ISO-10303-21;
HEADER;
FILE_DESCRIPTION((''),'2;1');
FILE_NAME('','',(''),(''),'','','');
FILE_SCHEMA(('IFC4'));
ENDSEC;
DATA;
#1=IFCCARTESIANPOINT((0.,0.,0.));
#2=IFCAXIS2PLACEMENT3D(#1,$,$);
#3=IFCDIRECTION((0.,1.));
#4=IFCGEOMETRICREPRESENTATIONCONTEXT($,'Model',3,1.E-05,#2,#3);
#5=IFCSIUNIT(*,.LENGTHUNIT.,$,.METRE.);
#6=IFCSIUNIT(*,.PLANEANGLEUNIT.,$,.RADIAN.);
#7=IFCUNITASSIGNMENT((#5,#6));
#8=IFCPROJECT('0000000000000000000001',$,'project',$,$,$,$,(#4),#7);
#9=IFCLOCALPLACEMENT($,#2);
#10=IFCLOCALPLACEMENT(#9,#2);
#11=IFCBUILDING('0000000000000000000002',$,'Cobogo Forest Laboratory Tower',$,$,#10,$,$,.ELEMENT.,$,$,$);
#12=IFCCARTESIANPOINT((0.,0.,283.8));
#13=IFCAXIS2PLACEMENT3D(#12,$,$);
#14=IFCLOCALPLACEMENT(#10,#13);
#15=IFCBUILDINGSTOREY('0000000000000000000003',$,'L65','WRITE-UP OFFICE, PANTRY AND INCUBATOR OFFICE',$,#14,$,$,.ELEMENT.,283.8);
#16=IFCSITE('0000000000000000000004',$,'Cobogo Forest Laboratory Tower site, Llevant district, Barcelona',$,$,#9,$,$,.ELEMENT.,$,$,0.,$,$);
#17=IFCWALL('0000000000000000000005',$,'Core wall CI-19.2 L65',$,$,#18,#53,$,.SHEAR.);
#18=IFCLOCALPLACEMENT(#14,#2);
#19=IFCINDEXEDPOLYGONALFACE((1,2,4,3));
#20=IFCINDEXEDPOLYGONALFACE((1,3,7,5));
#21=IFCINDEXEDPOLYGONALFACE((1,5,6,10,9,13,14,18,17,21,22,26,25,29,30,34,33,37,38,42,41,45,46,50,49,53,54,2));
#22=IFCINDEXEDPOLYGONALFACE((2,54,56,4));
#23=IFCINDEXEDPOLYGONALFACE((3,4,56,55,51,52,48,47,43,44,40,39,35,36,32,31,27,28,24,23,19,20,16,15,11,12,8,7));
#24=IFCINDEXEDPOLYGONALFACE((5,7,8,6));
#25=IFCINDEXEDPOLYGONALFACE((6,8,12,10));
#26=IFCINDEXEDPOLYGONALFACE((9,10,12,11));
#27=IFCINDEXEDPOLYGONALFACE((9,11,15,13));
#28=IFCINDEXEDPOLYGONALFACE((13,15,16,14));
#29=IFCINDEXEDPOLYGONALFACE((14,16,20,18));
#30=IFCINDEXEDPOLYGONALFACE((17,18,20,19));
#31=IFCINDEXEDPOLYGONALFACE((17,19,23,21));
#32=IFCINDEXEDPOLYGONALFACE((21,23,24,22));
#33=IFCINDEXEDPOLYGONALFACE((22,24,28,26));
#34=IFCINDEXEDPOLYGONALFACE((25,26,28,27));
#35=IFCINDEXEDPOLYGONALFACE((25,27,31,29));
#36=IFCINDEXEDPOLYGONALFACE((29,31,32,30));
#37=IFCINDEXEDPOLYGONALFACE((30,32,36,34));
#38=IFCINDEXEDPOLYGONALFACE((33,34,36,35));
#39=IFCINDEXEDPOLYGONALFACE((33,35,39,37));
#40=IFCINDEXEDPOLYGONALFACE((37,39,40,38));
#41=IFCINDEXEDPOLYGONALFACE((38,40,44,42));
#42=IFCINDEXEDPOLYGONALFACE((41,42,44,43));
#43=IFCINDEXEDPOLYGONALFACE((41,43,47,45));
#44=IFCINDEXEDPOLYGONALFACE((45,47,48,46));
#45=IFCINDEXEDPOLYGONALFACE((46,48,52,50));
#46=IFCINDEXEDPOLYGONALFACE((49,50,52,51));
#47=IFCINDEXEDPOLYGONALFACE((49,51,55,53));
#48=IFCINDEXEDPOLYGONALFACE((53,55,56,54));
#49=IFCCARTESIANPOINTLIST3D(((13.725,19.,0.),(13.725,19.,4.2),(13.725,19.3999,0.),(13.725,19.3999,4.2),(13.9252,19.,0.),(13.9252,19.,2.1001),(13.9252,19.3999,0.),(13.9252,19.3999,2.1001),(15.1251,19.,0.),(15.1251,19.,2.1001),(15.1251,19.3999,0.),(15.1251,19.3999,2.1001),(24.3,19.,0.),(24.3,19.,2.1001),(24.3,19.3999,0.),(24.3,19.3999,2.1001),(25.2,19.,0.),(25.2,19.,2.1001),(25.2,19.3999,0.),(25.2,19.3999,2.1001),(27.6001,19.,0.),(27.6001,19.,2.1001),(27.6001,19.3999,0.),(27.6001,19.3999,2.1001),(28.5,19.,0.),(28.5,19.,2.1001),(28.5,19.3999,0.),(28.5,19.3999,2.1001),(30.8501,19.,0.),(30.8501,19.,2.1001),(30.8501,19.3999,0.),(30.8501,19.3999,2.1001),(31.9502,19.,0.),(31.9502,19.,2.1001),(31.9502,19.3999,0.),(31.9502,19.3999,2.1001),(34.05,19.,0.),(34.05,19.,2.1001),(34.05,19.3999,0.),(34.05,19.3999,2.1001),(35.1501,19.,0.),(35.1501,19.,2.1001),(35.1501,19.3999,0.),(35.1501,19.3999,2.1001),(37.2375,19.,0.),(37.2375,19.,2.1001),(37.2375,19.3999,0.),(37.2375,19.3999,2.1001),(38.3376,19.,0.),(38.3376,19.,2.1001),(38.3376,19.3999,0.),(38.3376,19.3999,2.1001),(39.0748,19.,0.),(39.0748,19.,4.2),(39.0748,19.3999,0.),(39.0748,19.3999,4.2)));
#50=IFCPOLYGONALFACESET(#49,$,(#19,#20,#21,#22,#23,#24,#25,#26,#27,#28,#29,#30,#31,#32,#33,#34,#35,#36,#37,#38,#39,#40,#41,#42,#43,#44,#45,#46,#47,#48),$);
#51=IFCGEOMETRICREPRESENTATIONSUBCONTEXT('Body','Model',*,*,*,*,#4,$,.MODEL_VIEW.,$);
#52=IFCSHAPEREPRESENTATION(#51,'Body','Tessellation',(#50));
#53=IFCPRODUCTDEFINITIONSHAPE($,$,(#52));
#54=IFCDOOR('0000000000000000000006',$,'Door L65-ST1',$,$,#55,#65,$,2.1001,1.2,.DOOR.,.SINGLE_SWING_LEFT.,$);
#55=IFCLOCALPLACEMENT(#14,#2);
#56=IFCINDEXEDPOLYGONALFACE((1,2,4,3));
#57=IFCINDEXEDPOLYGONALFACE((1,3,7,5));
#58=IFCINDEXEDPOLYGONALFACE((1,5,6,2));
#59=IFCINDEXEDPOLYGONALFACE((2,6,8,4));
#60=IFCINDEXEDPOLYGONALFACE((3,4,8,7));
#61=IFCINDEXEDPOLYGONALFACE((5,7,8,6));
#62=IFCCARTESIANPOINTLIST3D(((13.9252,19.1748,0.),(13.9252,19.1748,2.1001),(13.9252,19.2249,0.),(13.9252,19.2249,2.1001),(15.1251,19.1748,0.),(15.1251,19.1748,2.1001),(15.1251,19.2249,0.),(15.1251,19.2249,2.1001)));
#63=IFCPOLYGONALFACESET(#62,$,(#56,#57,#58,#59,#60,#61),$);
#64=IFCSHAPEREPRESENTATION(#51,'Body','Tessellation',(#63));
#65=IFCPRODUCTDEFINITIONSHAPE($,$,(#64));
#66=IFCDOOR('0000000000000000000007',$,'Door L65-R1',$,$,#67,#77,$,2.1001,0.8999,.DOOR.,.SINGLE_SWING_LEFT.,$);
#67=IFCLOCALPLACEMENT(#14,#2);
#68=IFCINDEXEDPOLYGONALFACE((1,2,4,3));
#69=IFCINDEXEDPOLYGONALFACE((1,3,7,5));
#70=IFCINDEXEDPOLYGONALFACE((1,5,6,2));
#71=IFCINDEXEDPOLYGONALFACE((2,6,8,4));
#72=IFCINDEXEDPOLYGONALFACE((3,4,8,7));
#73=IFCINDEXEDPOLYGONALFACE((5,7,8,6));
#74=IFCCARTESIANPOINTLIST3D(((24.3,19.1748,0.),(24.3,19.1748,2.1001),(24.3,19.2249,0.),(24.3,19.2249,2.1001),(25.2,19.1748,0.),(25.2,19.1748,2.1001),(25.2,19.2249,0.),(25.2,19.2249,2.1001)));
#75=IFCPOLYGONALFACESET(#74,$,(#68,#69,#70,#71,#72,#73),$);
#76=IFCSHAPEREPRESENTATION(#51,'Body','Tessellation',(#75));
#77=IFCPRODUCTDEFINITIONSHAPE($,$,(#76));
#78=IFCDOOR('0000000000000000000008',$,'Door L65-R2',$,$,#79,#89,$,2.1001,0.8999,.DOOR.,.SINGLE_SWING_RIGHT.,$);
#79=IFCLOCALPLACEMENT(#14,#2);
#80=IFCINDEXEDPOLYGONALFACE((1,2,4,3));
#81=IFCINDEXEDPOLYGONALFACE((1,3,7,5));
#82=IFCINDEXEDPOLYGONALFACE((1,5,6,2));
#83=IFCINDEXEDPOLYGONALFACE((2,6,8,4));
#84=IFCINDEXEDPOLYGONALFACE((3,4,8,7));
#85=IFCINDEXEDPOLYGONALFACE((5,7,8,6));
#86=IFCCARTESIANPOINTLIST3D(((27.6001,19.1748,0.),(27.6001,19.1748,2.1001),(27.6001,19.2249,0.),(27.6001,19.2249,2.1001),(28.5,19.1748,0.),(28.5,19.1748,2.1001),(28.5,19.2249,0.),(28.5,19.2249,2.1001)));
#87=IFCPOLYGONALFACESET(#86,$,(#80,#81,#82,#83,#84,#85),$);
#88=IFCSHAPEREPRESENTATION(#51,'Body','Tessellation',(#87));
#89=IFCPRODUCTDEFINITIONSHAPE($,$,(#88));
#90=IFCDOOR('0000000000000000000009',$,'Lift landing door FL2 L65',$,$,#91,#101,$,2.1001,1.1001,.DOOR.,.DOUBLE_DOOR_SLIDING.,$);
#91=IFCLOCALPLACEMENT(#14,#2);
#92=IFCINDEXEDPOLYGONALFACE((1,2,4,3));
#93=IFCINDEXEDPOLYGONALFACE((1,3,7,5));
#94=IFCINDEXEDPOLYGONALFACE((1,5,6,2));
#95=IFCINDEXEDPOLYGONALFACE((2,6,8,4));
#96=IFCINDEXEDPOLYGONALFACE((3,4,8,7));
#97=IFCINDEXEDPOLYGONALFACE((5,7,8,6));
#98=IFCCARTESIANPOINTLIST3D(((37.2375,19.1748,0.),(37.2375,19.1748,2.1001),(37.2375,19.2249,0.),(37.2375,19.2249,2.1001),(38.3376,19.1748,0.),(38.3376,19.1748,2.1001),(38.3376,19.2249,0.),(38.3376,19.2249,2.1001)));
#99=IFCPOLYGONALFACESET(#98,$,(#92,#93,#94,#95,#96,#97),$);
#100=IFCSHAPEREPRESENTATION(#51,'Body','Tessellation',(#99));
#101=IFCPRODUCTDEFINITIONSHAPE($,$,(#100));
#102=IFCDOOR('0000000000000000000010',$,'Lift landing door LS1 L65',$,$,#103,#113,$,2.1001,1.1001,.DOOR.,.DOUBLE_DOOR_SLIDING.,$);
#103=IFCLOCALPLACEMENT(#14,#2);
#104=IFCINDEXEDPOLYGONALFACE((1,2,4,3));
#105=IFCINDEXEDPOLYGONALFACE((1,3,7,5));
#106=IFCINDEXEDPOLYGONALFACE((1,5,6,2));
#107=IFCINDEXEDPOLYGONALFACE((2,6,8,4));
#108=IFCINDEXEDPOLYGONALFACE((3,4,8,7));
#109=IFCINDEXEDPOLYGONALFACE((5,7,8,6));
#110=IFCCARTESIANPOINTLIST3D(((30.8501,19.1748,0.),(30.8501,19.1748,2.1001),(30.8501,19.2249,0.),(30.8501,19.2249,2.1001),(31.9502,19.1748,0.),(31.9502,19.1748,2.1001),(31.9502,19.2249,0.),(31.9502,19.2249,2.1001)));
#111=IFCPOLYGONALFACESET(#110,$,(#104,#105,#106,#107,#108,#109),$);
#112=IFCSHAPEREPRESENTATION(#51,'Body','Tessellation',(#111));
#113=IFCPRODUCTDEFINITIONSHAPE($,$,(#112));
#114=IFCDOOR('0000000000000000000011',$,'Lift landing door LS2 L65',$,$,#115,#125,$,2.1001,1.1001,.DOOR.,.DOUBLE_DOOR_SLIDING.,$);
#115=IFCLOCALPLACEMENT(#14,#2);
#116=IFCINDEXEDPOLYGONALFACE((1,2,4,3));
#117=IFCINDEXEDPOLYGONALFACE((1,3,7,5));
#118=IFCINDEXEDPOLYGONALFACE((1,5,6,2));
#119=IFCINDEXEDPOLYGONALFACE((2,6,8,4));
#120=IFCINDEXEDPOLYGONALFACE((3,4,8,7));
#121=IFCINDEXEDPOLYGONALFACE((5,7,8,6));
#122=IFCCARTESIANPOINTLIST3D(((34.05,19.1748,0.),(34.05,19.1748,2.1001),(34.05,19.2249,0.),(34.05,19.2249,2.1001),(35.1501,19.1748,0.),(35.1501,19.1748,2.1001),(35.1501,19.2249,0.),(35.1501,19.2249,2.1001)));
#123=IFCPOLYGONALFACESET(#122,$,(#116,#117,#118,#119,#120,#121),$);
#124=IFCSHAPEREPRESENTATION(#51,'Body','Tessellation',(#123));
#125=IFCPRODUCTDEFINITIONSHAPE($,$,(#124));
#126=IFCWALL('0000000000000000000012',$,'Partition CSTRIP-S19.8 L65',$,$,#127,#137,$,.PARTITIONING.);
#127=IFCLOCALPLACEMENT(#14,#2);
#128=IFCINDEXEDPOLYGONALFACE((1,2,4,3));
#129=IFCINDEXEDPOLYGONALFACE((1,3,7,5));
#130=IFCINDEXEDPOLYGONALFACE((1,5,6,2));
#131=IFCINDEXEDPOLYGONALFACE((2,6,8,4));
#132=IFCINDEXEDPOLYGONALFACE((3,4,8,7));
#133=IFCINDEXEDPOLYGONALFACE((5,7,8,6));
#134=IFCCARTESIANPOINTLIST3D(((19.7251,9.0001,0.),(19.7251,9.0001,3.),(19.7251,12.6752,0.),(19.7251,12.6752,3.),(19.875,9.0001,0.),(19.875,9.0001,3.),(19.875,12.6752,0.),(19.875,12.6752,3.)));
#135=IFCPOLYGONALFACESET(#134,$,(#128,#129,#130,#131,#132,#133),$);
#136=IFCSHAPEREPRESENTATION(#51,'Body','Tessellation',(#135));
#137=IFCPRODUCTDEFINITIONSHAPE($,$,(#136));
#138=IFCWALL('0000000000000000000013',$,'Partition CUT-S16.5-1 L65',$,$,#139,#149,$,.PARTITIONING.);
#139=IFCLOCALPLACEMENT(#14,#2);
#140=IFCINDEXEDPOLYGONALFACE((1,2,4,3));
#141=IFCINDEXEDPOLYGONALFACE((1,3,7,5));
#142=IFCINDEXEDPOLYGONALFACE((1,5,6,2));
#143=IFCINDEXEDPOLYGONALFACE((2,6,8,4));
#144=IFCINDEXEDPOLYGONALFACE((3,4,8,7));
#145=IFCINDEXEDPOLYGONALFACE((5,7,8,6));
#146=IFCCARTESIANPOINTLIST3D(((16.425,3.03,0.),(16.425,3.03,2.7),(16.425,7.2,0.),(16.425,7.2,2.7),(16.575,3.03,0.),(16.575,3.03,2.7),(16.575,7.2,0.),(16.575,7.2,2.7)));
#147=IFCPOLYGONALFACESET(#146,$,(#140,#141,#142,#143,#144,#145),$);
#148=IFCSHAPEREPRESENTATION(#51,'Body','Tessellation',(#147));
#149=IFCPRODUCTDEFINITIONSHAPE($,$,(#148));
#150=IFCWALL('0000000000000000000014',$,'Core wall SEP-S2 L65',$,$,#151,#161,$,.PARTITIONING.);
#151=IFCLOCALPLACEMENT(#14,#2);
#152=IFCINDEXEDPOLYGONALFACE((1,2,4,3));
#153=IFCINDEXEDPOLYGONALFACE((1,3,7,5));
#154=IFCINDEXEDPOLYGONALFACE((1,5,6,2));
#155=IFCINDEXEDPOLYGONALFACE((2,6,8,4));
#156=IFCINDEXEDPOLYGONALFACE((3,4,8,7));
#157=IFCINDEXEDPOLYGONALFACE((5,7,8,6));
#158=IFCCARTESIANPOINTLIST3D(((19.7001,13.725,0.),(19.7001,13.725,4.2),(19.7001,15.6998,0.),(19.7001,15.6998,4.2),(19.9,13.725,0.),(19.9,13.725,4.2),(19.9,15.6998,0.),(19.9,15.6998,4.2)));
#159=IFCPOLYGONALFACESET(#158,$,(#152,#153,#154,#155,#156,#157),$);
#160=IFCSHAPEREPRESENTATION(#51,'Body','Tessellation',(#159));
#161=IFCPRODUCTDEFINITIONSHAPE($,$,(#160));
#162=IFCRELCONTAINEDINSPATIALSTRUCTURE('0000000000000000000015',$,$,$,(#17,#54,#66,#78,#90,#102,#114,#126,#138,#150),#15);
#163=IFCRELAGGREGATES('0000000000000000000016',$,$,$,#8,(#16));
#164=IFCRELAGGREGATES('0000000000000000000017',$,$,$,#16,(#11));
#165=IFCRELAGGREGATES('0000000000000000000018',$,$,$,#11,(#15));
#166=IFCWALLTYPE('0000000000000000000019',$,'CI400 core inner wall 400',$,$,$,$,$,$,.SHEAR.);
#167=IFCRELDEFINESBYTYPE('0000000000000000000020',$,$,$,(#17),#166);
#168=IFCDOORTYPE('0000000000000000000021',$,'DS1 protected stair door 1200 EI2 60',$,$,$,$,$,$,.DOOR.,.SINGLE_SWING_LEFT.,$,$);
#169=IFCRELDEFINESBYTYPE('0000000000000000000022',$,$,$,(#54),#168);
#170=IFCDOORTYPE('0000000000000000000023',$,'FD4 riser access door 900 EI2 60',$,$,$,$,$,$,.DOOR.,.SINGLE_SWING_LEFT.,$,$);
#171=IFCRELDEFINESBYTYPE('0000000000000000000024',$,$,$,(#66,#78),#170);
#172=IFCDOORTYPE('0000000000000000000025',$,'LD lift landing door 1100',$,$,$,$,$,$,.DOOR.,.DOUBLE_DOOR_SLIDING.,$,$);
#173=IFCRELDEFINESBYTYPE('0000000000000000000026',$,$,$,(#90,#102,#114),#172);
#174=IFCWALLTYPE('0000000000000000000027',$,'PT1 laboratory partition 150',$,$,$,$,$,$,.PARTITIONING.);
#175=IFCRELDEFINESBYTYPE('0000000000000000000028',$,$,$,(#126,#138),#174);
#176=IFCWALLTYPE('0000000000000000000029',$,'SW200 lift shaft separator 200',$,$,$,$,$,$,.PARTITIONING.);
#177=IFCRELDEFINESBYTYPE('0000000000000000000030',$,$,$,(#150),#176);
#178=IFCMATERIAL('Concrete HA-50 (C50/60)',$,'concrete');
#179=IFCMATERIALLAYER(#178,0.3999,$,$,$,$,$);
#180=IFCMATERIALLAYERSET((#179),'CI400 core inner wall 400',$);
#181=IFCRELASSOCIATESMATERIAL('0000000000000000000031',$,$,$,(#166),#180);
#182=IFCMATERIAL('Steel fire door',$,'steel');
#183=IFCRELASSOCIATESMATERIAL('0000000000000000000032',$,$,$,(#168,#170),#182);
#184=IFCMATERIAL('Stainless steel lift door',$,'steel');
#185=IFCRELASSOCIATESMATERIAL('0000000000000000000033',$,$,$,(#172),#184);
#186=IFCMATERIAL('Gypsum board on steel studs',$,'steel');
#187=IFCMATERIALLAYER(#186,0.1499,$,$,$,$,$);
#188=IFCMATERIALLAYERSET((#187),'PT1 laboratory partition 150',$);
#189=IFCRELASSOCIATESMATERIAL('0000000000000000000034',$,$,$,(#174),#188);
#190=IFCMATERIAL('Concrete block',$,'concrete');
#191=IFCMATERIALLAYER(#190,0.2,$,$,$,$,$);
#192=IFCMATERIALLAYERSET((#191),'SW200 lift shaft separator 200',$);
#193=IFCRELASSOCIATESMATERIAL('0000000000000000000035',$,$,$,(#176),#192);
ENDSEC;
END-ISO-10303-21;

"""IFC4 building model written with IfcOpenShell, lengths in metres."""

from ifc_helpers import new_model, si_unit, direction, frame, frame_2d, origin, place, context, subcontext, project, spatial, rectangle, extrude, material, layer, layer_set, type_object, element, fill, save


model = new_model("IFC4")

# Units and contexts
model_context = context("Model", 3, precision=1e-05, world=origin(), true_north=direction((0.0, 1.0)))
body_context = subcontext(model_context, "Body", "Model", "MODEL_VIEW")
ifc_project = project(units=[si_unit("LENGTHUNIT", "METRE"), si_unit("PLANEANGLEUNIT", "RADIAN")], contexts=[model_context])

# Site, building, storey
site_placement = place(None, origin())
site = spatial("IfcSite", under=ifc_project, at=site_placement, Name="Cobogo Forest Laboratory Tower site, Llevant district, Barcelona", CompositionType="ELEMENT", RefElevation=0.0)
building_placement = place(site_placement, origin())
building = spatial("IfcBuilding", under=site, at=building_placement, Name="Cobogo Forest Laboratory Tower", CompositionType="ELEMENT")
storey_placement = place(building_placement, frame((0.0, 0.0, 283.8)))
storey = spatial("IfcBuildingStorey", under=building, at=storey_placement, Name="L65", Description="WRITE-UP OFFICE, PANTRY AND INCUBATOR OFFICE", CompositionType="ELEMENT", Elevation=283.8)

# Shared definitions
ifc_material_1 = material(Name="Concrete HA-50 (C50/60)", Category="concrete")

# Wall, openings, doors
ifc_layer_1 = layer(ifc_material_1, 0.3999)
ifc_layer_set_1 = layer_set([ifc_layer_1], Name="CI400 core inner wall 400")
wall_type_1 = type_object("IfcWallType", Name="CI400 core inner wall 400", PredefinedType="SHEAR", material=ifc_layer_set_1)
ifc_material_2 = material(Name="Steel fire door", Category="steel")
wall_1_placement = place(storey_placement, frame((13.7251, 19.2, 0.0), z_axis=(0.0, 0.0, 1.0), x_axis=(1.0, 0.0, 0.0)))
wall_1 = element("IfcWall", 1, at=wall_1_placement, inside=storey, type_object=wall_type_1, Name="Core wall CI-19.2 L65", PredefinedType="SHEAR", context=body_context, shape_type="SweptSolid", body=[
    extrude(rectangle(XDim=25.3499, YDim=0.3999, at=frame_2d((12.6748, 0.0))), origin(), (0.0, 0.0, 1.0), 4.2),
])
opening_1_placement = place(wall_1_placement, frame((10.575, 0.0, 0.0)))
opening_1 = element("IfcOpeningElement", 2, at=opening_1_placement, cuts=wall_1, PredefinedType="OPENING", context=body_context, shape_type="SweptSolid", body=[
    extrude(rectangle(XDim=0.8999, YDim=2.1001, at=frame_2d((0.45, 1.05))), frame((0.0, 0.21, 0.0), z_axis=(0.0, -1.0, 0.0), x_axis=(1.0, 0.0, 0.0)), (0.0, 0.0, 1.0), 0.4199),
])
opening_2_placement = place(wall_1_placement, frame((13.875, 0.0, 0.0)))
opening_2 = element("IfcOpeningElement", 3, at=opening_2_placement, cuts=wall_1, PredefinedType="OPENING", context=body_context, shape_type="SweptSolid", body=[
    extrude(rectangle(XDim=0.8999, YDim=2.1001, at=frame_2d((0.45, 1.05))), frame((0.0, 0.21, 0.0), z_axis=(0.0, -1.0, 0.0), x_axis=(1.0, 0.0, 0.0)), (0.0, 0.0, 1.0), 0.4199),
])
opening_3_placement = place(wall_1_placement, frame((0.2, 0.0, 0.0)))
opening_3 = element("IfcOpeningElement", 4, at=opening_3_placement, cuts=wall_1, PredefinedType="OPENING", context=body_context, shape_type="SweptSolid", body=[
    extrude(rectangle(XDim=1.2, YDim=2.1001, at=frame_2d((0.6001, 1.05))), frame((0.0, 0.21, 0.0), z_axis=(0.0, -1.0, 0.0), x_axis=(1.0, 0.0, 0.0)), (0.0, 0.0, 1.0), 0.4199),
])
opening_4_placement = place(wall_1_placement, frame((23.5125, 0.0, 0.0)))
opening_4 = element("IfcOpeningElement", 5, at=opening_4_placement, cuts=wall_1, PredefinedType="OPENING", context=body_context, shape_type="SweptSolid", body=[
    extrude(rectangle(XDim=1.1001, YDim=2.1001, at=frame_2d((0.55, 1.05))), frame((0.0, 0.21, 0.0), z_axis=(0.0, -1.0, 0.0), x_axis=(1.0, 0.0, 0.0)), (0.0, 0.0, 1.0), 0.4199),
])
opening_5_placement = place(wall_1_placement, frame((17.125, 0.0, 0.0)))
opening_5 = element("IfcOpeningElement", 6, at=opening_5_placement, cuts=wall_1, PredefinedType="OPENING", context=body_context, shape_type="SweptSolid", body=[
    extrude(rectangle(XDim=1.1001, YDim=2.1001, at=frame_2d((0.55, 1.05))), frame((0.0, 0.21, 0.0), z_axis=(0.0, -1.0, 0.0), x_axis=(1.0, 0.0, 0.0)), (0.0, 0.0, 1.0), 0.4199),
])
opening_6_placement = place(wall_1_placement, frame((20.325, 0.0, 0.0)))
opening_6 = element("IfcOpeningElement", 7, at=opening_6_placement, cuts=wall_1, PredefinedType="OPENING", context=body_context, shape_type="SweptSolid", body=[
    extrude(rectangle(XDim=1.1001, YDim=2.1001, at=frame_2d((0.55, 1.05))), frame((0.0, 0.21, 0.0), z_axis=(0.0, -1.0, 0.0), x_axis=(1.0, 0.0, 0.0)), (0.0, 0.0, 1.0), 0.4199),
])
door_type_1 = type_object("IfcDoorType", Name="DS1 protected stair door 1200 EI2 60", OperationType="SINGLE_SWING_LEFT", PredefinedType="DOOR", material=ifc_material_2)
door_1_placement = place(opening_3_placement, origin())
door_1 = element("IfcDoor", 8, at=door_1_placement, inside=storey, type_object=door_type_1, Name="Door L65-ST1", OperationType="SINGLE_SWING_LEFT", OverallHeight=2.1001, OverallWidth=1.2, PredefinedType="DOOR", context=body_context, shape_type="SweptSolid", body=[
    extrude(rectangle(XDim=1.2, YDim=2.1001, at=frame_2d((0.6001, 1.05))), frame((0.0, 0.0249, 0.0), z_axis=(0.0, -1.0, 0.0), x_axis=(1.0, 0.0, 0.0)), (0.0, 0.0, 1.0), 0.05),
])
fill(opening_3, door_1)
door_type_2 = type_object("IfcDoorType", Name="FD4 riser access door 900 EI2 60", OperationType="SINGLE_SWING_LEFT", PredefinedType="DOOR", material=ifc_material_2)
door_2_placement = place(opening_1_placement, origin())
door_2 = element("IfcDoor", 9, at=door_2_placement, inside=storey, type_object=door_type_2, Name="Door L65-R1", OperationType="SINGLE_SWING_LEFT", OverallHeight=2.1001, OverallWidth=0.8999, PredefinedType="DOOR", context=body_context, shape_type="SweptSolid", body=[
    extrude(rectangle(XDim=0.8999, YDim=2.1001, at=frame_2d((0.45, 1.05))), frame((0.0, 0.0249, 0.0), z_axis=(0.0, -1.0, 0.0), x_axis=(1.0, 0.0, 0.0)), (0.0, 0.0, 1.0), 0.05),
])
fill(opening_1, door_2)
door_3_placement = place(opening_2_placement, origin())
door_3 = element("IfcDoor", 10, at=door_3_placement, inside=storey, type_object=door_type_2, Name="Door L65-R2", OperationType="SINGLE_SWING_RIGHT", OverallHeight=2.1001, OverallWidth=0.8999, PredefinedType="DOOR", context=body_context, shape_type="SweptSolid", body=[
    extrude(rectangle(XDim=0.8999, YDim=2.1001, at=frame_2d((0.45, 1.05))), frame((0.0, 0.0249, 0.0), z_axis=(0.0, -1.0, 0.0), x_axis=(1.0, 0.0, 0.0)), (0.0, 0.0, 1.0), 0.05),
])
fill(opening_2, door_3)
ifc_material_3 = material(Name="Stainless steel lift door", Category="steel")
door_type_3 = type_object("IfcDoorType", Name="LD lift landing door 1100", OperationType="DOUBLE_DOOR_SLIDING", PredefinedType="DOOR", material=ifc_material_3)
door_4_placement = place(opening_4_placement, origin())
door_4 = element("IfcDoor", 11, at=door_4_placement, inside=storey, type_object=door_type_3, Name="Lift landing door FL2 L65", OperationType="DOUBLE_DOOR_SLIDING", OverallHeight=2.1001, OverallWidth=1.1001, PredefinedType="DOOR", context=body_context, shape_type="SweptSolid", body=[
    extrude(rectangle(XDim=1.1001, YDim=2.1001, at=frame_2d((0.55, 1.05))), frame((0.0, 0.0249, 0.0), z_axis=(0.0, -1.0, 0.0), x_axis=(1.0, 0.0, 0.0)), (0.0, 0.0, 1.0), 0.05),
])
fill(opening_4, door_4)
door_5_placement = place(opening_5_placement, origin())
door_5 = element("IfcDoor", 12, at=door_5_placement, inside=storey, type_object=door_type_3, Name="Lift landing door LS1 L65", OperationType="DOUBLE_DOOR_SLIDING", OverallHeight=2.1001, OverallWidth=1.1001, PredefinedType="DOOR", context=body_context, shape_type="SweptSolid", body=[
    extrude(rectangle(XDim=1.1001, YDim=2.1001, at=frame_2d((0.55, 1.05))), frame((0.0, 0.0249, 0.0), z_axis=(0.0, -1.0, 0.0), x_axis=(1.0, 0.0, 0.0)), (0.0, 0.0, 1.0), 0.05),
])
fill(opening_5, door_5)
door_6_placement = place(opening_6_placement, origin())
door_6 = element("IfcDoor", 13, at=door_6_placement, inside=storey, type_object=door_type_3, Name="Lift landing door LS2 L65", OperationType="DOUBLE_DOOR_SLIDING", OverallHeight=2.1001, OverallWidth=1.1001, PredefinedType="DOOR", context=body_context, shape_type="SweptSolid", body=[
    extrude(rectangle(XDim=1.1001, YDim=2.1001, at=frame_2d((0.55, 1.05))), frame((0.0, 0.0249, 0.0), z_axis=(0.0, -1.0, 0.0), x_axis=(1.0, 0.0, 0.0)), (0.0, 0.0, 1.0), 0.05),
])
fill(opening_6, door_6)

# Walls
ifc_material_4 = material(Name="Gypsum board on steel studs", Category="steel")
ifc_layer_2 = layer(ifc_material_4, 0.1499)
ifc_layer_set_2 = layer_set([ifc_layer_2], Name="PT1 laboratory partition 150")
wall_type_2 = type_object("IfcWallType", Name="PT1 laboratory partition 150", PredefinedType="PARTITIONING", material=ifc_layer_set_2)
wall_2_placement = place(storey_placement, frame((19.8, 12.675, 0.0), z_axis=(0.0, 0.0, 1.0), x_axis=(0.0, -1.0, 0.0)))
element("IfcWall", 14, at=wall_2_placement, inside=storey, type_object=wall_type_2, Name="Partition CSTRIP-S19.8 L65", PredefinedType="PARTITIONING", context=body_context, shape_type="SweptSolid", body=[
    extrude(rectangle(XDim=3.675, YDim=0.1499, at=frame_2d((1.8374, 0.0))), origin(), (0.0, 0.0, 1.0), 3.0),
])
wall_3_placement = place(storey_placement, frame((16.5, 3.03, 0.0), z_axis=(0.0, 0.0, 1.0), x_axis=(0.0, 1.0, 0.0)))
element("IfcWall", 15, at=wall_3_placement, inside=storey, type_object=wall_type_2, Name="Partition CUT-S16.5-1 L65", PredefinedType="PARTITIONING", context=body_context, shape_type="SweptSolid", body=[
    extrude(rectangle(XDim=4.1699, YDim=0.1499, at=frame_2d((2.085, 0.0))), origin(), (0.0, 0.0, 1.0), 2.7),
])
ifc_material_5 = material(Name="Concrete block", Category="concrete")
ifc_layer_3 = layer(ifc_material_5, 0.2)
ifc_layer_set_3 = layer_set([ifc_layer_3], Name="SW200 lift shaft separator 200")
wall_type_3 = type_object("IfcWallType", Name="SW200 lift shaft separator 200", PredefinedType="PARTITIONING", material=ifc_layer_set_3)
wall_4_placement = place(storey_placement, frame((19.8, 13.7251, 0.0), z_axis=(0.0, 0.0, 1.0), x_axis=(0.0, 1.0, 0.0)))
element("IfcWall", 16, at=wall_4_placement, inside=storey, type_object=wall_type_3, Name="Core wall SEP-S2 L65", PredefinedType="PARTITIONING", context=body_context, shape_type="SweptSolid", body=[
    extrude(rectangle(XDim=1.9749, YDim=0.2, at=frame_2d((0.9873, 0.0))), origin(), (0.0, 0.0, 1.0), 4.2),
])

save(model, "model.ifc")
